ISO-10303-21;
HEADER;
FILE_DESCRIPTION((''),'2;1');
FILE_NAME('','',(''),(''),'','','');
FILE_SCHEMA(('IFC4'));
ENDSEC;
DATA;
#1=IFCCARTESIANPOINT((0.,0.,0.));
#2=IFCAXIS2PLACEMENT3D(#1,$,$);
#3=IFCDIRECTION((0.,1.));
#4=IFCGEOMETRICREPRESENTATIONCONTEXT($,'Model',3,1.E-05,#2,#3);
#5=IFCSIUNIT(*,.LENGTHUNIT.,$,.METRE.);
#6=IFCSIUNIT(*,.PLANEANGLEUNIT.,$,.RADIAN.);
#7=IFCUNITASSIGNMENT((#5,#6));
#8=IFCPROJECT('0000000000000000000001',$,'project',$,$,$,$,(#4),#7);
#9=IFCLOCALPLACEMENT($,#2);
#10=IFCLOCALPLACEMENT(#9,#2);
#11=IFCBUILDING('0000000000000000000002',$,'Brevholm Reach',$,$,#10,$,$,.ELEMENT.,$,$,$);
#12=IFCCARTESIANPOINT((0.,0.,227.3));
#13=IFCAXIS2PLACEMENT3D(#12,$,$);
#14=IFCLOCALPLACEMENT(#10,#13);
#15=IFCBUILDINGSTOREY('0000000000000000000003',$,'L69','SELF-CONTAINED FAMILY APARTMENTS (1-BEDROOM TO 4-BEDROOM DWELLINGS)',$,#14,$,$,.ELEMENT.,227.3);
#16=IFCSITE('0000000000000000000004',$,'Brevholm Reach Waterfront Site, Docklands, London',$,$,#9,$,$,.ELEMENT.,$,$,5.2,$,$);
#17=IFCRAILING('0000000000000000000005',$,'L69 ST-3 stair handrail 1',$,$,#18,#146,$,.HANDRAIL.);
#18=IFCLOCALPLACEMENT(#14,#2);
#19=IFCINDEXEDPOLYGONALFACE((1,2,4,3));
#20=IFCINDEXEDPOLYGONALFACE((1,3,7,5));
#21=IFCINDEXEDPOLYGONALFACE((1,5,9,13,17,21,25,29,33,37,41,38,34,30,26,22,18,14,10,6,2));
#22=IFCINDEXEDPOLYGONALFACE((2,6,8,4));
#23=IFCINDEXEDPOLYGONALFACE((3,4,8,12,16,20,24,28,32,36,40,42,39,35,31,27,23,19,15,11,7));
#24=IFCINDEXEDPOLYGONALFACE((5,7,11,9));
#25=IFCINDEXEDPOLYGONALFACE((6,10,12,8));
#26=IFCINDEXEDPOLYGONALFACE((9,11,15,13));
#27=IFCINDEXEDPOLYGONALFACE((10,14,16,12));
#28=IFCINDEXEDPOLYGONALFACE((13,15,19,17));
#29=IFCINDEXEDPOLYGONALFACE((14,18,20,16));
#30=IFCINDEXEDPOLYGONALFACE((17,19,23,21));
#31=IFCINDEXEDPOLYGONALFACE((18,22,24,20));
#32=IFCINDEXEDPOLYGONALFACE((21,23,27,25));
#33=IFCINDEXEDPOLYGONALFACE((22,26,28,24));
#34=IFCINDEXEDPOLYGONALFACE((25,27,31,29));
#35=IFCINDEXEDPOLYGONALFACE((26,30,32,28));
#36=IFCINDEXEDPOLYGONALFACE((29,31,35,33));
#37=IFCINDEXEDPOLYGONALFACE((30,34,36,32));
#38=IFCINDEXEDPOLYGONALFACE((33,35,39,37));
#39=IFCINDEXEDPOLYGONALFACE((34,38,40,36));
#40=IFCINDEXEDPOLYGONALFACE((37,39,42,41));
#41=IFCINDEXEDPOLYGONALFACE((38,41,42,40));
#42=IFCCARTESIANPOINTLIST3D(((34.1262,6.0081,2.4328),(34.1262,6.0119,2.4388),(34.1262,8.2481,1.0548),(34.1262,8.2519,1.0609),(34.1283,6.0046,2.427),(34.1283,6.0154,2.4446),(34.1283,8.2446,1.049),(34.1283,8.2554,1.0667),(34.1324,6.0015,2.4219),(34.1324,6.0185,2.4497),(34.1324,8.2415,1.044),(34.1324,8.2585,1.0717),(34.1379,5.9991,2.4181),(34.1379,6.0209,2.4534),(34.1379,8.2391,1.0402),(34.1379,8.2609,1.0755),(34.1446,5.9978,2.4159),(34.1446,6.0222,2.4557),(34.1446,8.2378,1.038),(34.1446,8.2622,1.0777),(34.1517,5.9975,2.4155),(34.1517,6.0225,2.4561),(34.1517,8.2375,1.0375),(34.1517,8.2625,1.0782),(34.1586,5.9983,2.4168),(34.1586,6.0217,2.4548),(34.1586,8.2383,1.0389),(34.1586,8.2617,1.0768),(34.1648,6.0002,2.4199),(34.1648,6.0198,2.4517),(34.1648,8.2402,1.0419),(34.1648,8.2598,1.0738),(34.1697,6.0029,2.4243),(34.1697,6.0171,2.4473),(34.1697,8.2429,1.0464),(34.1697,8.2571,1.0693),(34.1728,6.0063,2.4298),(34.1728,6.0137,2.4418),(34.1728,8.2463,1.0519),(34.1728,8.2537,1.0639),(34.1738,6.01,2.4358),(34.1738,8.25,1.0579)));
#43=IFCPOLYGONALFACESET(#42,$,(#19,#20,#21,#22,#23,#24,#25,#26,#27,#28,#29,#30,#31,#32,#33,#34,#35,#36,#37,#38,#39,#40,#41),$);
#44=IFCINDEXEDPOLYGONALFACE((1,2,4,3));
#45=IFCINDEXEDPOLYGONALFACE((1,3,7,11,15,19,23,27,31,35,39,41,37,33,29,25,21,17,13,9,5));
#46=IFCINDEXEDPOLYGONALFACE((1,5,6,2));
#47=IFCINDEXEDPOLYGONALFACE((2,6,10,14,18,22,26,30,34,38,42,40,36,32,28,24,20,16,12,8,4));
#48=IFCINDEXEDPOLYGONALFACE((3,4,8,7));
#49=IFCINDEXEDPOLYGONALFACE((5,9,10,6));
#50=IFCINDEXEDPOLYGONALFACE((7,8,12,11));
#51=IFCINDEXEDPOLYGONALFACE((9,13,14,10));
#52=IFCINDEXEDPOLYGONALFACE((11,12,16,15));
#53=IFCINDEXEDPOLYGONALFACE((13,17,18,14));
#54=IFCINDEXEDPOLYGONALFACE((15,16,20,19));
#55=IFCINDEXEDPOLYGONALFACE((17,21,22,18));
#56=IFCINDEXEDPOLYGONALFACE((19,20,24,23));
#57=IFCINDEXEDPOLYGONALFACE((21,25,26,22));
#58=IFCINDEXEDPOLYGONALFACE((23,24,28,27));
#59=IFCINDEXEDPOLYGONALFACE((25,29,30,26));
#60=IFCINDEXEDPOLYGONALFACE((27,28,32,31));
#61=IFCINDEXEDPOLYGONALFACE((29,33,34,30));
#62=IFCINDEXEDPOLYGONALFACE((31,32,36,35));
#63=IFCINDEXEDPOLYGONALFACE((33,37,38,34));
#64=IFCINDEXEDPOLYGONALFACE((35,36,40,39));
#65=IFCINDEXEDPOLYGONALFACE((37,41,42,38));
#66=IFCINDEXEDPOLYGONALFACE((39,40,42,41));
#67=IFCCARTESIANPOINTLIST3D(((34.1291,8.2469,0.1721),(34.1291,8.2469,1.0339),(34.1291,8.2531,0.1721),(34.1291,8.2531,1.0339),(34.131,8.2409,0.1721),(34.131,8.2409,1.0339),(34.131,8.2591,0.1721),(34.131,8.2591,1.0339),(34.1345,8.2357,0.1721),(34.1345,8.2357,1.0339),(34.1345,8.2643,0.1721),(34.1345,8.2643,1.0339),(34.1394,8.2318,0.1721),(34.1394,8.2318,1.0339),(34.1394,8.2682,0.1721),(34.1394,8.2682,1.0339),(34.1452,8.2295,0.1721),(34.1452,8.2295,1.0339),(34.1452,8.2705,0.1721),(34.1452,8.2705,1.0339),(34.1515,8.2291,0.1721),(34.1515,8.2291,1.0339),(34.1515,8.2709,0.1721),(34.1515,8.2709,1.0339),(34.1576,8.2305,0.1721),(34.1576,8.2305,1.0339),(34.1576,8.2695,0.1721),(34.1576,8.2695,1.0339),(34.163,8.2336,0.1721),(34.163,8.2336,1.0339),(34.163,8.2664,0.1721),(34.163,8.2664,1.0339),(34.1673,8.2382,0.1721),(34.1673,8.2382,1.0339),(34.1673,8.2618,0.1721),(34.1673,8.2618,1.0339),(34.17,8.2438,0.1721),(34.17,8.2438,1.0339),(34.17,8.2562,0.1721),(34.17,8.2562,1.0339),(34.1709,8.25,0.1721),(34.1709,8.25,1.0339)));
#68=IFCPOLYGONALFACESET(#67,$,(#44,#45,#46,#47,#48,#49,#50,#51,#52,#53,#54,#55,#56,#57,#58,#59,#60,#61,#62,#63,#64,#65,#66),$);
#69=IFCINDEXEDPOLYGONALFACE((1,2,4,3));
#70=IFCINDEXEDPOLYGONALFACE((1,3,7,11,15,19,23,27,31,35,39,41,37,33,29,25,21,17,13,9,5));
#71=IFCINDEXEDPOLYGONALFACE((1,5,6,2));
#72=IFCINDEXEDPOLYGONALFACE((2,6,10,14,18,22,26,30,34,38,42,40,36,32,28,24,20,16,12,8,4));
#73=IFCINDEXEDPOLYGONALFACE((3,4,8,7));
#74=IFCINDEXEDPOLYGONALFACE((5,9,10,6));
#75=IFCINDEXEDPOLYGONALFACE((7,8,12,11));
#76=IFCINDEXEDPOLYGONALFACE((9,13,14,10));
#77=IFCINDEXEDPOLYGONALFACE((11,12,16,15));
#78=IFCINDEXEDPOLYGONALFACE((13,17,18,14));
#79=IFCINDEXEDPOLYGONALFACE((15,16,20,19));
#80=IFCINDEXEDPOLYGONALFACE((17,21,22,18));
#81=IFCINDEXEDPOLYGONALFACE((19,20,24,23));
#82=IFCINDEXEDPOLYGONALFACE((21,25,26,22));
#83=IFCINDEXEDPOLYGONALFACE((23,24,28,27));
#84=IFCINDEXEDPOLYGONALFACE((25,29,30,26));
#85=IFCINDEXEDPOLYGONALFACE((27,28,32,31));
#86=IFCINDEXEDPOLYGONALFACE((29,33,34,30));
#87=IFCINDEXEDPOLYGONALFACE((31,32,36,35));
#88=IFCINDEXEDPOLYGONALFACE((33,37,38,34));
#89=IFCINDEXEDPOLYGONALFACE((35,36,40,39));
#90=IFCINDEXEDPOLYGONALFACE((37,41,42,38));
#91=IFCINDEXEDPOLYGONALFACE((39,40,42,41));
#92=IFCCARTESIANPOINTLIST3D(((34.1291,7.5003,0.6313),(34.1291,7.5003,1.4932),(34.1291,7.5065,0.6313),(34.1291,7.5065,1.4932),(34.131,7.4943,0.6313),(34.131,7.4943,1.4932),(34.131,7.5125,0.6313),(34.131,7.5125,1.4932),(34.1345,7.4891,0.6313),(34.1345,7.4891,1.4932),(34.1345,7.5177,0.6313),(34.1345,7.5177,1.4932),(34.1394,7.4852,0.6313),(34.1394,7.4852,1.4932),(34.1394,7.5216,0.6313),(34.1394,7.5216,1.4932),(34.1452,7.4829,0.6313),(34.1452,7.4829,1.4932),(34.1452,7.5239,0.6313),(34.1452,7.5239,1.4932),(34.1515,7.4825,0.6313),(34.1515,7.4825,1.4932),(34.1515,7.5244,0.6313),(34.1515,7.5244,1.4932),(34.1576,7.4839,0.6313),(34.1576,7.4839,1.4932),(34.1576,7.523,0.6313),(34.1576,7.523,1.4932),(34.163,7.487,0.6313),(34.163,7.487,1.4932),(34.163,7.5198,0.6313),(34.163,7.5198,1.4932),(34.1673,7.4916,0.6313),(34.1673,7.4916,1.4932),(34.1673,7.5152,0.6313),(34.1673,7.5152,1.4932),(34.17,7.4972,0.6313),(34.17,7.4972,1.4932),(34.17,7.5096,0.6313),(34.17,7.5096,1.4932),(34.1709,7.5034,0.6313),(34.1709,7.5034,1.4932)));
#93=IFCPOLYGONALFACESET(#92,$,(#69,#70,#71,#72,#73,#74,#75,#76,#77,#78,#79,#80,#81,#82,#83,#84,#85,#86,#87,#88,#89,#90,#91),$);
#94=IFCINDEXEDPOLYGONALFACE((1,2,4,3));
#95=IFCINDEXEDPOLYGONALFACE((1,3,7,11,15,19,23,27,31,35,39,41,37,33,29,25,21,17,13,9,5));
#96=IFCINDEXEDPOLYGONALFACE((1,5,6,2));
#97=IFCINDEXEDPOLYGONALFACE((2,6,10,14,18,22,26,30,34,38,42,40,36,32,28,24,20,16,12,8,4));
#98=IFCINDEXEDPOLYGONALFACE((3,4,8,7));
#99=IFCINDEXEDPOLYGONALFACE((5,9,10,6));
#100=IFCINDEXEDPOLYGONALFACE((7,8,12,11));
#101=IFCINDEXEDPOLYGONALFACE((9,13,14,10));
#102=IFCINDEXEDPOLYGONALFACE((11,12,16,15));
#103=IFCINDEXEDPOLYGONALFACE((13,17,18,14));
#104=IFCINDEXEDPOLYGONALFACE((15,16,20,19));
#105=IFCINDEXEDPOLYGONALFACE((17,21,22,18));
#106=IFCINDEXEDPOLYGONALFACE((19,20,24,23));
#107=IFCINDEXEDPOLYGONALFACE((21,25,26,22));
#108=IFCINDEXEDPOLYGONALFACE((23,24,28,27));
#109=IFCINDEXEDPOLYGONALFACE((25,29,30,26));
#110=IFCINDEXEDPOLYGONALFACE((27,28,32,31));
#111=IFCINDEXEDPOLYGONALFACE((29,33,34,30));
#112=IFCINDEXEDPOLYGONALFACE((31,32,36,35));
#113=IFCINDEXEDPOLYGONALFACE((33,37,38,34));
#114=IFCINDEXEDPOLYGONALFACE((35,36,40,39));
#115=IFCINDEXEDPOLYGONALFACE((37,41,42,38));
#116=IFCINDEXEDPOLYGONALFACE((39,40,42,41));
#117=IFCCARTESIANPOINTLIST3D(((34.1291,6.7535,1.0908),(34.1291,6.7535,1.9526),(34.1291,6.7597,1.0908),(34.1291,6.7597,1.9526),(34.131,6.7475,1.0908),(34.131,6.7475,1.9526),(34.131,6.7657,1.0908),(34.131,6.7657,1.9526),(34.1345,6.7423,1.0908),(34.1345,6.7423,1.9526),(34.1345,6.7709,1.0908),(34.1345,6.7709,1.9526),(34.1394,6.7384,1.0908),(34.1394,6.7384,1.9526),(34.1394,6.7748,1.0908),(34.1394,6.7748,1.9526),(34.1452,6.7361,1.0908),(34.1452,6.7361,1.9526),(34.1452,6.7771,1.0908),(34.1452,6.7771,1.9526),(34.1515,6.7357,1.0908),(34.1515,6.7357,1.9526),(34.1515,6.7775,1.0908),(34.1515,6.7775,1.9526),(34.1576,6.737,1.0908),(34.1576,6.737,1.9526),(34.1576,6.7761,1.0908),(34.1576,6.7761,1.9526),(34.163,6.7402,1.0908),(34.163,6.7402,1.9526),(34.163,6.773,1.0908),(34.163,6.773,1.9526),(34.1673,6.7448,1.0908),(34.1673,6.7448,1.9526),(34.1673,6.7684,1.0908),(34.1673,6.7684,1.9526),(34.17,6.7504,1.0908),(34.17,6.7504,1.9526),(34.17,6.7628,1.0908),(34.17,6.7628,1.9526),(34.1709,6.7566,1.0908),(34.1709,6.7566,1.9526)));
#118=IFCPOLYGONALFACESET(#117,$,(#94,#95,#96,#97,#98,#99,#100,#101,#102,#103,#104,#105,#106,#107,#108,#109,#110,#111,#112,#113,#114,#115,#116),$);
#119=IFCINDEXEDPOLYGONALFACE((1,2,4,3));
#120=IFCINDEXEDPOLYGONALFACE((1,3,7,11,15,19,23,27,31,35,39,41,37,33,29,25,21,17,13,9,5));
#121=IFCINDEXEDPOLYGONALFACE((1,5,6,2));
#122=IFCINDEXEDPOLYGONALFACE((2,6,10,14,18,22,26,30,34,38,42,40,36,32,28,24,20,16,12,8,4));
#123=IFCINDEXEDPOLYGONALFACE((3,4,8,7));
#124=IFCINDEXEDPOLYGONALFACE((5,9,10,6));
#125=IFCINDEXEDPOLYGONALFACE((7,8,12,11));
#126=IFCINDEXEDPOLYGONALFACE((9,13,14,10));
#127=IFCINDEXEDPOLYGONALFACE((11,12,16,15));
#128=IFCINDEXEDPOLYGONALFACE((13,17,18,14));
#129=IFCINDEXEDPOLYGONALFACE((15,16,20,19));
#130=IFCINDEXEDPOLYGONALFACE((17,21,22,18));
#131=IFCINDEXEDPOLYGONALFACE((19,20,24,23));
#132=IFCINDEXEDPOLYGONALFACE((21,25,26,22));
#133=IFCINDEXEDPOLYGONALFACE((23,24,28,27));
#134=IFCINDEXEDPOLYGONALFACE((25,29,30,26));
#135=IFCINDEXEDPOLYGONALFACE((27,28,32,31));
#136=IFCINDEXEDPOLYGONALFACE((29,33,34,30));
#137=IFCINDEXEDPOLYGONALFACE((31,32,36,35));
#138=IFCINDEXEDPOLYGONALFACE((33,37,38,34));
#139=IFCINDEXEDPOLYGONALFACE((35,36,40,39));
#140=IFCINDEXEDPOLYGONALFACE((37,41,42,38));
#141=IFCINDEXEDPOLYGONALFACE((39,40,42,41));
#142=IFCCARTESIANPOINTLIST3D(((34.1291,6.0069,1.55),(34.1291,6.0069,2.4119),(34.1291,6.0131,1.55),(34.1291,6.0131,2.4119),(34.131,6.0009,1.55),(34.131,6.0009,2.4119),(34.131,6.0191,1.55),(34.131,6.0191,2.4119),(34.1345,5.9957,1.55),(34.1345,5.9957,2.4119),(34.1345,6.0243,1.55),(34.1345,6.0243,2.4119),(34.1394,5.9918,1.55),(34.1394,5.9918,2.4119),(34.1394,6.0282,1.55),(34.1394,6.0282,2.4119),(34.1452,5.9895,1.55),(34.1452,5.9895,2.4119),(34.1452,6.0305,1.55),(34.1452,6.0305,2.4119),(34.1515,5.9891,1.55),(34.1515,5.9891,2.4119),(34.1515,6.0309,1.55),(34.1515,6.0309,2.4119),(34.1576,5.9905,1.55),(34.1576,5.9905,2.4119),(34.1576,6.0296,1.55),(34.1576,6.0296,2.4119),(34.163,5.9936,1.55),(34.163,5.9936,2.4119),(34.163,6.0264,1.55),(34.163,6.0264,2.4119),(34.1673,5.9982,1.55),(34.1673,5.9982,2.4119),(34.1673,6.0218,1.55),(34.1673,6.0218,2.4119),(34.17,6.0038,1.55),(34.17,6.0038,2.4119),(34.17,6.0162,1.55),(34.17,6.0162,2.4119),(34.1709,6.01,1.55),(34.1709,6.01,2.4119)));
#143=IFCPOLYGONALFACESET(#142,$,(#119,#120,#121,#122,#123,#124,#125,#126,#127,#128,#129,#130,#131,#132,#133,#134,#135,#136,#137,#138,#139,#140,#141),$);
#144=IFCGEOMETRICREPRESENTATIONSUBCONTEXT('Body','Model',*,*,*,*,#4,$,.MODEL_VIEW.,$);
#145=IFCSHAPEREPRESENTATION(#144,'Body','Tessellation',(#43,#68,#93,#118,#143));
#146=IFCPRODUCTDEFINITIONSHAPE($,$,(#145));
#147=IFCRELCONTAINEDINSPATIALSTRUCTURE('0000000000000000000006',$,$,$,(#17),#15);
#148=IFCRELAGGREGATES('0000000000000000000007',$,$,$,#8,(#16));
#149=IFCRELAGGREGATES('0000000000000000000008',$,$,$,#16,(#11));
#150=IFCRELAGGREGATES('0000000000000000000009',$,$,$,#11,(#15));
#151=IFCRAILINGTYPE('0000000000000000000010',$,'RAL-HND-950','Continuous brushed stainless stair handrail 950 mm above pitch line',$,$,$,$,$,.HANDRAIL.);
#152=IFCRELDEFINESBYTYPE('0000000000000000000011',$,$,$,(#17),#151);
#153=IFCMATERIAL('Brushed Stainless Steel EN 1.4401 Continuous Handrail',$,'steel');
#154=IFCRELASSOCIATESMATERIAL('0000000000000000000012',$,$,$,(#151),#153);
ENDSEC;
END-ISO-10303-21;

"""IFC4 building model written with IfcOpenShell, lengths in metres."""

from ifc_helpers import new_model, si_unit, direction, frame, origin, origin_2d, place, context, subcontext, project, spatial, circle, extrude, material, type_object, element, save


model = new_model("IFC4")

# Units and contexts
model_context = context("Model", 3, precision=1e-05, world=origin(), true_north=direction((0.0, 1.0)))
body_context = subcontext(model_context, "Body", "Model", "MODEL_VIEW")
ifc_project = project(units=[si_unit("LENGTHUNIT", "METRE"), si_unit("PLANEANGLEUNIT", "RADIAN")], contexts=[model_context])

# Site, building, storey
site_placement = place(None, origin())
site = spatial("IfcSite", under=ifc_project, at=site_placement, Name="Brevholm Reach Waterfront Site, Docklands, London", CompositionType="ELEMENT", RefElevation=5.2)
building_placement = place(site_placement, origin())
building = spatial("IfcBuilding", under=site, at=building_placement, Name="Brevholm Reach", CompositionType="ELEMENT")
storey_placement = place(building_placement, frame((0.0, 0.0, 227.3)))
storey = spatial("IfcBuildingStorey", under=building, at=storey_placement, Name="L69", Description="SELF-CONTAINED FAMILY APARTMENTS (1-BEDROOM TO 4-BEDROOM DWELLINGS)", CompositionType="ELEMENT", Elevation=227.3)

# Railing
ifc_material_1 = material(Name="Brushed Stainless Steel EN 1.4401 Continuous Handrail", Category="steel")
railing_type_1 = type_object("IfcRailingType", Name="RAL-HND-950", Description="Continuous brushed stainless stair handrail 950 mm above pitch line", PredefinedType="HANDRAIL", material=ifc_material_1)
railing_1_placement = place(storey_placement, frame((34.1499, 8.25, 0.1721)))
element("IfcRailing", 1, at=railing_1_placement, inside=storey, type_object=railing_type_1, Name="L69 ST-3 stair handrail 1", PredefinedType="HANDRAIL", context=body_context, shape_type="SweptSolid", body=[
    extrude(circle(Radius=0.0239, at=origin_2d()), frame((0.0, 0.0, 0.8857), z_axis=(0.0, -0.851748, 0.523952), x_axis=(1.0, 0.0, 0.0)), (0.0, 0.0, 1.0), 2.6299),
    extrude(circle(Radius=0.021, at=origin_2d()), origin(), (0.0, 0.0, 1.0), 0.8618),
    extrude(circle(Radius=0.021, at=origin_2d()), frame((0.0, -0.7466, 0.4592)), (0.0, 0.0, 1.0), 0.8618),
    extrude(circle(Radius=0.021, at=origin_2d()), frame((0.0, -1.4934, 0.9187)), (0.0, 0.0, 1.0), 0.8618),
    extrude(circle(Radius=0.021, at=origin_2d()), frame((0.0, -2.24, 1.3779)), (0.0, 0.0, 1.0), 0.8618),
])

save(model, "model.ifc")
